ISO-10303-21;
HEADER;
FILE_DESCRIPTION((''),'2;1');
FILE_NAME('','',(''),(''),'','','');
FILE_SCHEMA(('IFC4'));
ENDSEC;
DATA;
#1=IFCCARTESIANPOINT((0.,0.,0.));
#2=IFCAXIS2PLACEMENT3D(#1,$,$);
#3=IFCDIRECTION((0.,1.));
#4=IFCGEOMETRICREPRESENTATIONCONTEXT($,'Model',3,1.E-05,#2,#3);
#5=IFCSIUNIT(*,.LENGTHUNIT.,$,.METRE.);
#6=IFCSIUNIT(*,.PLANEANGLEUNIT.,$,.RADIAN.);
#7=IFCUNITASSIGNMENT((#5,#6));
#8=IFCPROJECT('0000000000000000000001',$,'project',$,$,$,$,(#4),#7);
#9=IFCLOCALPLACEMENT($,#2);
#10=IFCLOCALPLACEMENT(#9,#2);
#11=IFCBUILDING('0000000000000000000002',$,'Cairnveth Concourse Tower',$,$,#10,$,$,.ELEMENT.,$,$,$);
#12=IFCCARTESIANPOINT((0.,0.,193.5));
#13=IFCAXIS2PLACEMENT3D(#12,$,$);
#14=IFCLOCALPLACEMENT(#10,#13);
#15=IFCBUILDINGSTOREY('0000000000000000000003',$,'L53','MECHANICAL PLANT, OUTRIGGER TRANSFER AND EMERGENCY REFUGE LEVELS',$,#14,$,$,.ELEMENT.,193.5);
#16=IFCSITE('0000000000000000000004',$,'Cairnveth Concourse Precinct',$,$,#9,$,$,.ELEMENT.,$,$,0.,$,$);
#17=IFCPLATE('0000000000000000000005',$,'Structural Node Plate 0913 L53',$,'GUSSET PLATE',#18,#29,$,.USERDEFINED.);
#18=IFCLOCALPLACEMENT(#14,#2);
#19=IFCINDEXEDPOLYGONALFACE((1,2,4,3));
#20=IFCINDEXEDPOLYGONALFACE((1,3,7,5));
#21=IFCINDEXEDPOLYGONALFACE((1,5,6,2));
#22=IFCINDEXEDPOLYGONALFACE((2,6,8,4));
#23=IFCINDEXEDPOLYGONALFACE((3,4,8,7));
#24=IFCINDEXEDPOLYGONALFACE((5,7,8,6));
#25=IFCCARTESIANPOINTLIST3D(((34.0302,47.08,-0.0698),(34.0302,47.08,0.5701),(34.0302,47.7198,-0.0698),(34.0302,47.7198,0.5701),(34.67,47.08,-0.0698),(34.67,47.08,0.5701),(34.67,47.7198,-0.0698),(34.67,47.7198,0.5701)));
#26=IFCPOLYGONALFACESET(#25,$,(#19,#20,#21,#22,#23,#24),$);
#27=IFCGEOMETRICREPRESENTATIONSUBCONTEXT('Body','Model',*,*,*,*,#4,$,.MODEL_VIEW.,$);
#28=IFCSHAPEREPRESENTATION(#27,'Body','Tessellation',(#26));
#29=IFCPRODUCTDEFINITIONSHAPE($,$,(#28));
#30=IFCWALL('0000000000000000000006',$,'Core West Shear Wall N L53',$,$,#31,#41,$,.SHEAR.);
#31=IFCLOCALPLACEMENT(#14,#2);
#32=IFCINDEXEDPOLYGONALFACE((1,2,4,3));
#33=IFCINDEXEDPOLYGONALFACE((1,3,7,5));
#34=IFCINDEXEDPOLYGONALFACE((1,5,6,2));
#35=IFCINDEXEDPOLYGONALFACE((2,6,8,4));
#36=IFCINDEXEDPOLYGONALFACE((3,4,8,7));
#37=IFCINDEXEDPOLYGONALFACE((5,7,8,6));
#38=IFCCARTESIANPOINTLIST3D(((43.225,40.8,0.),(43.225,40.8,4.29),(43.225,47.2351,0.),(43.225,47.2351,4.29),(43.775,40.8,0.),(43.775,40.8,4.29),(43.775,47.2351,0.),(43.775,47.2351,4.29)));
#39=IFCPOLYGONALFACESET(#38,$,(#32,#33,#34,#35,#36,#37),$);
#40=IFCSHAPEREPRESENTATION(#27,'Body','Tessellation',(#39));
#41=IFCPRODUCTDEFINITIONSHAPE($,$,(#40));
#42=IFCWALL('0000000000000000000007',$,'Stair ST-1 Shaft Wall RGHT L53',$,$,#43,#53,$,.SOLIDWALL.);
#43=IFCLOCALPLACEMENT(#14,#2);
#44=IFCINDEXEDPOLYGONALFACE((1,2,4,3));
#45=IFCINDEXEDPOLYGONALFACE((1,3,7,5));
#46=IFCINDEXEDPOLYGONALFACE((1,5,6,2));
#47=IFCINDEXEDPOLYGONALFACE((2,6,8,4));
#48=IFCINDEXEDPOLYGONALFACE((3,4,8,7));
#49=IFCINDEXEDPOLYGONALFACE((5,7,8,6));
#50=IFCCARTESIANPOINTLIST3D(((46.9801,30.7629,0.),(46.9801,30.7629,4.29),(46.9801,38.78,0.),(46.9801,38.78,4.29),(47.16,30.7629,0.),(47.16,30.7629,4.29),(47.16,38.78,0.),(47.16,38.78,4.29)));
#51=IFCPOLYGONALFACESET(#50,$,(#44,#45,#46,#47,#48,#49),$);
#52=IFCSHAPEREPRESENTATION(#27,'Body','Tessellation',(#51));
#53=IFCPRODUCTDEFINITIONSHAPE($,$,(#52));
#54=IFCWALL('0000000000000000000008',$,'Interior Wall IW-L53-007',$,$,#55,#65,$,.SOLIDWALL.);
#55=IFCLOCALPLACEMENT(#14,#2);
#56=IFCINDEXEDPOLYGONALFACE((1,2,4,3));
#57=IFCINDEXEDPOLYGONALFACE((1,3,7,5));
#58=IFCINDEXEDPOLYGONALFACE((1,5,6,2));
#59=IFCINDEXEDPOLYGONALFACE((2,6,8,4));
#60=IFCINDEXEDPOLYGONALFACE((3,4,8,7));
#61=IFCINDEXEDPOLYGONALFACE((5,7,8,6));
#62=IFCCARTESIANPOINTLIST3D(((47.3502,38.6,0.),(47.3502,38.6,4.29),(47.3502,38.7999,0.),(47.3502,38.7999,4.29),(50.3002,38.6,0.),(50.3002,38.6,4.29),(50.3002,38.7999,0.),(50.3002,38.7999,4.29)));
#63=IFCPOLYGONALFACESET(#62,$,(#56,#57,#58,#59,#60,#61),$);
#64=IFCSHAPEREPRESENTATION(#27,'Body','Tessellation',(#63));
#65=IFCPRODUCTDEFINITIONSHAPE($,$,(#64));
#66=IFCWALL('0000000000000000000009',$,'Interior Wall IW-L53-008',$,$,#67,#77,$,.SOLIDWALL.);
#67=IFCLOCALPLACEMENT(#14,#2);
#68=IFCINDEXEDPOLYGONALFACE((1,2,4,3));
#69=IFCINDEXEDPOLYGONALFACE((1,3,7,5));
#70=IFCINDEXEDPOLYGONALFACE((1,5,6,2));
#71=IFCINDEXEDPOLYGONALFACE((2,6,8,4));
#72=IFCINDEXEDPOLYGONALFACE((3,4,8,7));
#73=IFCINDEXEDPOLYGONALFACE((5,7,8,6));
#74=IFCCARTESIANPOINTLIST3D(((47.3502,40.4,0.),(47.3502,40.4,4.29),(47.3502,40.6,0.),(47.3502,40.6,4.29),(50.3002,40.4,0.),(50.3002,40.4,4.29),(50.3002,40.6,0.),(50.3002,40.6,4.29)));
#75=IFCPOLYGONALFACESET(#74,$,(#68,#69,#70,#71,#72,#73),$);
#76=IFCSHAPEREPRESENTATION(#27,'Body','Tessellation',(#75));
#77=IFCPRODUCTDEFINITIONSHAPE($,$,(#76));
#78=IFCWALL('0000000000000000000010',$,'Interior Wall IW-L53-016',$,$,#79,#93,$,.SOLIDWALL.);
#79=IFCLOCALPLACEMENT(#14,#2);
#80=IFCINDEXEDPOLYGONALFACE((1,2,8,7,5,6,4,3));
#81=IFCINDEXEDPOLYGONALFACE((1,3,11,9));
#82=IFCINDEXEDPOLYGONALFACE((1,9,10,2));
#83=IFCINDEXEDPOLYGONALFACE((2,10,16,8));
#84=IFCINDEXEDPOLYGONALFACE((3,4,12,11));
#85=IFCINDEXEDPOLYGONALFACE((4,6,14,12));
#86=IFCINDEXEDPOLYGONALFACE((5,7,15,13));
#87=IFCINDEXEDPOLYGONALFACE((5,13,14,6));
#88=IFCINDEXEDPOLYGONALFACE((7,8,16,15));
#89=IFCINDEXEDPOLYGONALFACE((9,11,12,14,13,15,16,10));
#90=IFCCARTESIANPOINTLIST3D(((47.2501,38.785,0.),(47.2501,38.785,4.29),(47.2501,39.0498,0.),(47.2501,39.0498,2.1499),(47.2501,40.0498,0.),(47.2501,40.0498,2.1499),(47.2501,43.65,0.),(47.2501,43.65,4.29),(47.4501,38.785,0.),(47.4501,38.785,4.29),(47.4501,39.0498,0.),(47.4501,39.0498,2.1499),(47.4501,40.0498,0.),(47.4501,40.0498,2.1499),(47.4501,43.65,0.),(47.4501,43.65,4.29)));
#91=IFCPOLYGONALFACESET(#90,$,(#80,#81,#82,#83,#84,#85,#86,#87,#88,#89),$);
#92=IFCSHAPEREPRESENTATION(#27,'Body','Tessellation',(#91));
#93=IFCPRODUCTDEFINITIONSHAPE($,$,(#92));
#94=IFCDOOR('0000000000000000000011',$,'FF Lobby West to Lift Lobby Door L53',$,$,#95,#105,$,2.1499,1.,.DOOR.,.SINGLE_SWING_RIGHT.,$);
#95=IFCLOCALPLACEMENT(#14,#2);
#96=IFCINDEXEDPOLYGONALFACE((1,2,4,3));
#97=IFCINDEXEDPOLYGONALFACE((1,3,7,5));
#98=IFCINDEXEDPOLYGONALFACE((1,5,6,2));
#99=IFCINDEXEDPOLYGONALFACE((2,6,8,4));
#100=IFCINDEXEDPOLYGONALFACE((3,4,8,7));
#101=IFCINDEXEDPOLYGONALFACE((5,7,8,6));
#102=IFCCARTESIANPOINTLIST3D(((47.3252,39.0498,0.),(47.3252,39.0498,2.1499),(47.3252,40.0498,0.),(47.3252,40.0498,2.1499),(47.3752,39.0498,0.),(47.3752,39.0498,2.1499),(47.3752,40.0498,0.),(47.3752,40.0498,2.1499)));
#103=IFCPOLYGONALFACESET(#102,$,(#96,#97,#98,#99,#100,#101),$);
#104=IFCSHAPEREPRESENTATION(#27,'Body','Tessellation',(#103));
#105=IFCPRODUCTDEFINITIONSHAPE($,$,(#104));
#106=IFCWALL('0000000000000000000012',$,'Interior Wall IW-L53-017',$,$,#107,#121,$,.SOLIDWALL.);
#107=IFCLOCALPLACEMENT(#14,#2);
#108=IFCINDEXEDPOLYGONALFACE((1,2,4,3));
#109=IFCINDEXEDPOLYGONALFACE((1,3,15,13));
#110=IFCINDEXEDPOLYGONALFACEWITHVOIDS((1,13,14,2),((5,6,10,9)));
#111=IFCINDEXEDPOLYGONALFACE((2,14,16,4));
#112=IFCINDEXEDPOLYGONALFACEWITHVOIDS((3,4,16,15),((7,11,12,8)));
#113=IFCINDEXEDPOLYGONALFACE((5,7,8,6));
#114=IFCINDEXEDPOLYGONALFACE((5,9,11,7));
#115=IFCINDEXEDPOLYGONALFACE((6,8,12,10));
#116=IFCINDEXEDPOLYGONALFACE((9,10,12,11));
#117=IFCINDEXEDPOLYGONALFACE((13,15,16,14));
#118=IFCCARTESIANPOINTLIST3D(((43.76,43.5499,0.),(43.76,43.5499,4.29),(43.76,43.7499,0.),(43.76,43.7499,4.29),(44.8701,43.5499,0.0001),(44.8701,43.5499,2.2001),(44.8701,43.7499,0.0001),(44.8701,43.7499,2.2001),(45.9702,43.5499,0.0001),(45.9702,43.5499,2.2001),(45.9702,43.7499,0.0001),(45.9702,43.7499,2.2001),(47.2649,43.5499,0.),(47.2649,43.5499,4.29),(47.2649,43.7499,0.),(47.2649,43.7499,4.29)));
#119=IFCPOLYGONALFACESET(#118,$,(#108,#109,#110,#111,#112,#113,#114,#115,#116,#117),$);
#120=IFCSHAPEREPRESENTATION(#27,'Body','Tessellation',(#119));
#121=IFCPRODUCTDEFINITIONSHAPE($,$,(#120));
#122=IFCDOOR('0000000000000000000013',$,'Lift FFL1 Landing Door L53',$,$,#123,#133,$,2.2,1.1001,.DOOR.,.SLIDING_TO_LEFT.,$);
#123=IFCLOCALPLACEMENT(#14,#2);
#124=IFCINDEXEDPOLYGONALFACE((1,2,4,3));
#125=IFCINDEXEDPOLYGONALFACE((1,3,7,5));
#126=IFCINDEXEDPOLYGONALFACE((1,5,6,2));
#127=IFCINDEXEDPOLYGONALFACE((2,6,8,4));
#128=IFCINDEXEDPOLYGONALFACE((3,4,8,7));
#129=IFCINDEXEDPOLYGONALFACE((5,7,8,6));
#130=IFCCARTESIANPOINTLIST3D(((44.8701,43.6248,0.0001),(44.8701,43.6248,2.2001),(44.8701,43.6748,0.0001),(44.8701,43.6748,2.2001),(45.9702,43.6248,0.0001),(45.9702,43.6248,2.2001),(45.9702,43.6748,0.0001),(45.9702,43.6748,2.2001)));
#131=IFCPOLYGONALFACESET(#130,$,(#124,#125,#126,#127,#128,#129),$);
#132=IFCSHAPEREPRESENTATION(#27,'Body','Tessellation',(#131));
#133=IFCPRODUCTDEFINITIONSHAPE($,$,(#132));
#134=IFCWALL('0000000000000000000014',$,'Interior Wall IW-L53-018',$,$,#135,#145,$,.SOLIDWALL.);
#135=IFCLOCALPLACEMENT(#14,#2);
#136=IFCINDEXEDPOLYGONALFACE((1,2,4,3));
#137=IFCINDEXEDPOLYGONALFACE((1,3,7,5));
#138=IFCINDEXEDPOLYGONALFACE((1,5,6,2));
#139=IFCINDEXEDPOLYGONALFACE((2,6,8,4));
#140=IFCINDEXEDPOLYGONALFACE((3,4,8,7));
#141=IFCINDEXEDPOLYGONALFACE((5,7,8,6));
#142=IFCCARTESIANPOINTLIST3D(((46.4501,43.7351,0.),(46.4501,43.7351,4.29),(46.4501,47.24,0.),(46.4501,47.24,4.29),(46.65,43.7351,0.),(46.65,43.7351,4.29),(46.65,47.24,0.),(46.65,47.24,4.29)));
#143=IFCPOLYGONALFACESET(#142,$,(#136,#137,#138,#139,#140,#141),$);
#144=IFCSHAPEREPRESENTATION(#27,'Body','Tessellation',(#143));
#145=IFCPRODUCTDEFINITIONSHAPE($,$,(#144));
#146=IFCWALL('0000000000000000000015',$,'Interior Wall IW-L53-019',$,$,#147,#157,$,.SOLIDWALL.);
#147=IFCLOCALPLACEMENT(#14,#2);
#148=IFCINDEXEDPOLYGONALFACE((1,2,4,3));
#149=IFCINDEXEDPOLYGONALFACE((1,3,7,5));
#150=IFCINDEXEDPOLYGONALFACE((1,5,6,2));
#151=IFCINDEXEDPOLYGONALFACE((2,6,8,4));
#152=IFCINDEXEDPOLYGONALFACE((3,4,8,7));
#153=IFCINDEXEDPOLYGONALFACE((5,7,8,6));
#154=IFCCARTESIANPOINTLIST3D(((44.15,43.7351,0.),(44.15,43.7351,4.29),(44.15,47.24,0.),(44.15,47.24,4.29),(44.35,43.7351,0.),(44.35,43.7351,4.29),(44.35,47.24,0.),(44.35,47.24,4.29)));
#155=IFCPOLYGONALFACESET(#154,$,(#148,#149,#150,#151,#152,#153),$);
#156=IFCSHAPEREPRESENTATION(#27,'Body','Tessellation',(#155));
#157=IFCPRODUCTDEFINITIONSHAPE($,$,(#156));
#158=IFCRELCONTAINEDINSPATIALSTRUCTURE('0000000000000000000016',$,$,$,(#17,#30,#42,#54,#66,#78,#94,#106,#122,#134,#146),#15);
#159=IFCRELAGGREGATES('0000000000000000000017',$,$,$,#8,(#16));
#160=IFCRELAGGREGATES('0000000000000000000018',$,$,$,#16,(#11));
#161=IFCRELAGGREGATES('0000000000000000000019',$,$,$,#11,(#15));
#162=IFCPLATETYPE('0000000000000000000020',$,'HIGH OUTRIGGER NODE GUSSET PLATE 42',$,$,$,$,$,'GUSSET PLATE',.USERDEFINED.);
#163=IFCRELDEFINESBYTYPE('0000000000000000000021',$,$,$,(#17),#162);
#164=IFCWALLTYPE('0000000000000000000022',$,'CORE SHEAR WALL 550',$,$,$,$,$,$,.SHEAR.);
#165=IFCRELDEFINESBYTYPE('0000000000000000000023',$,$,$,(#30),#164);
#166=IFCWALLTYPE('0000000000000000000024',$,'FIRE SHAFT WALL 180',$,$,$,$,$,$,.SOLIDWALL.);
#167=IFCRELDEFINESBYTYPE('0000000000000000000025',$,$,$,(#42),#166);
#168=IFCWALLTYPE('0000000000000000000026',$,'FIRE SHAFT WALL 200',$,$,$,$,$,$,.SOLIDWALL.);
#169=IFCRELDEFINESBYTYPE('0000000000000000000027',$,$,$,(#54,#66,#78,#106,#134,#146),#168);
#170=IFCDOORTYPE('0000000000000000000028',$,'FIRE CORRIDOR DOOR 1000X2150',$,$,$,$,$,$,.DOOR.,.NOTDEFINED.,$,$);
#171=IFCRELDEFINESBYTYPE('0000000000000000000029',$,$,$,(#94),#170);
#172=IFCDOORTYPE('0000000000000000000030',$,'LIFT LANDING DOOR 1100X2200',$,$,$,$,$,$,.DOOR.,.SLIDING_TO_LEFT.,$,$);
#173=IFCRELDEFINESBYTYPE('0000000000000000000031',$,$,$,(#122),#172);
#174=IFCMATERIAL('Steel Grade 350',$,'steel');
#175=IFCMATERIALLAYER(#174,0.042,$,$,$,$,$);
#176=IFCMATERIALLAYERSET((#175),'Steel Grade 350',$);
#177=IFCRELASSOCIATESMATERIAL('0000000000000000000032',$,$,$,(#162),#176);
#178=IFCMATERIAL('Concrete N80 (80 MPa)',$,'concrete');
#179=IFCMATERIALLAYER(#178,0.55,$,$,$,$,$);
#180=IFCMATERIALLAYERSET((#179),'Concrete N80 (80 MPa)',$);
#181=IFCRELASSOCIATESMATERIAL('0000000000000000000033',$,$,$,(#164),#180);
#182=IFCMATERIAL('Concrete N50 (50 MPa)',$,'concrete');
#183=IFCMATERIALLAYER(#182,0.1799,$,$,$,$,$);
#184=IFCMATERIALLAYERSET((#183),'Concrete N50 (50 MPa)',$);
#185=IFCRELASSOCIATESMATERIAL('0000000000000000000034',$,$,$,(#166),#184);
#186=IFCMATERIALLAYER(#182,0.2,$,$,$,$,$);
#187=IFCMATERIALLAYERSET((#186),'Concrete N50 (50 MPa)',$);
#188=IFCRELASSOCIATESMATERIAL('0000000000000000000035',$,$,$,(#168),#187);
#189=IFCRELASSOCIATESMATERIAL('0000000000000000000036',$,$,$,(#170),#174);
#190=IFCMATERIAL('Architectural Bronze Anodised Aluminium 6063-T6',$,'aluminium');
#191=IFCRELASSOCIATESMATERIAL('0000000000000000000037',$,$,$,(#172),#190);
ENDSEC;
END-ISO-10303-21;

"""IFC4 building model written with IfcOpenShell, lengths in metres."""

from ifc_helpers import new_model, si_unit, direction, frame, frame_2d, origin, origin_2d, place, context, subcontext, project, spatial, rectangle, extrude, material, layer, layer_set, type_object, element, fill, save


model = new_model("IFC4")

# Units and contexts
model_context = context("Model", 3, precision=1e-05, world=origin(), true_north=direction((0.0, 1.0)))
body_context = subcontext(model_context, "Body", "Model", "MODEL_VIEW")
ifc_project = project(units=[si_unit("LENGTHUNIT", "METRE"), si_unit("PLANEANGLEUNIT", "RADIAN")], contexts=[model_context])

# Site, building, storey
site_placement = place(None, origin())
site = spatial("IfcSite", under=ifc_project, at=site_placement, Name="Cairnveth Concourse Precinct", CompositionType="ELEMENT", RefElevation=0.0)
building_placement = place(site_placement, origin())
building = spatial("IfcBuilding", under=site, at=building_placement, Name="Cairnveth Concourse Tower", CompositionType="ELEMENT")
storey_placement = place(building_placement, frame((0.0, 0.0, 193.5)))
storey = spatial("IfcBuildingStorey", under=building, at=storey_placement, Name="L53", Description="MECHANICAL PLANT, OUTRIGGER TRANSFER AND EMERGENCY REFUGE LEVELS", CompositionType="ELEMENT", Elevation=193.5)

# Shared definitions
ifc_material_1 = material(Name="Steel Grade 350", Category="steel")

# Plate
ifc_layer_1 = layer(ifc_material_1, 0.042)
ifc_layer_set_1 = layer_set([ifc_layer_1], Name="Steel Grade 350")
plate_type = type_object("IfcPlateType", Name="HIGH OUTRIGGER NODE GUSSET PLATE 42", ElementType="GUSSET PLATE", PredefinedType="USERDEFINED", material=ifc_layer_set_1)
for number, where, z_axis, x_axis, name in (
    (1, (34.3501, 47.3999, -0.0698), (0.0, 0.0, 1.0), (1.0, 0.0, 0.0), "Structural Node Plate 0913 L53"),
):
    element("IfcPlate", number, at=place(storey_placement, frame(where, z_axis=z_axis, x_axis=x_axis)), inside=storey, type_object=plate_type, Name=name, ObjectType="GUSSET PLATE", PredefinedType="USERDEFINED", context=body_context, shape_type="SweptSolid", body=[
        extrude(rectangle(XDim=0.6399, YDim=0.6399, at=origin_2d()), origin(), (0.0, 0.0, 1.0), 0.6399),
    ])

# Wall
ifc_material_2 = material(Name="Concrete N80 (80 MPa)", Category="concrete")
ifc_layer_2 = layer(ifc_material_2, 0.55)
ifc_layer_set_2 = layer_set([ifc_layer_2], Name="Concrete N80 (80 MPa)")
wall_type_1 = type_object("IfcWallType", Name="CORE SHEAR WALL 550", PredefinedType="SHEAR", material=ifc_layer_set_2)
wall_1_placement = place(storey_placement, frame((43.5, 40.8, 0.0), z_axis=(0.0, 0.0, 1.0), x_axis=(0.0, 1.0, 0.0)))
element("IfcWall", 2, at=wall_1_placement, inside=storey, type_object=wall_type_1, Name="Core West Shear Wall N L53", PredefinedType="SHEAR", context=body_context, shape_type="SweptSolid", body=[
    extrude(rectangle(XDim=6.4351, YDim=0.55, at=frame_2d((3.2175, 0.0))), origin(), (0.0, 0.0, 1.0), 4.29),
])

# Shared definitions
ifc_material_3 = material(Name="Concrete N50 (50 MPa)", Category="concrete")
ifc_layer_3 = layer(ifc_material_3, 0.1799)
ifc_layer_set_3 = layer_set([ifc_layer_3], Name="Concrete N50 (50 MPa)")
wall_type_2 = type_object("IfcWallType", Name="FIRE SHAFT WALL 180", PredefinedType="SOLIDWALL", material=ifc_layer_set_3)

# Walls
wall_2_placement = place(storey_placement, frame((47.0701, 38.78, 0.0), z_axis=(0.0, 0.0, 1.0), x_axis=(0.0, -1.0, 0.0)))
element("IfcWall", 3, at=wall_2_placement, inside=storey, type_object=wall_type_2, Name="Stair ST-1 Shaft Wall RGHT L53", PredefinedType="SOLIDWALL", context=body_context, shape_type="SweptSolid", body=[
    extrude(rectangle(XDim=8.0171, YDim=0.1799, at=frame_2d((4.0085, 0.0))), origin(), (0.0, 0.0, 1.0), 4.29),
])
ifc_layer_4 = layer(ifc_material_3, 0.2)
ifc_layer_set_4 = layer_set([ifc_layer_4], Name="Concrete N50 (50 MPa)")
wall_type_3 = type_object("IfcWallType", Name="FIRE SHAFT WALL 200", PredefinedType="SOLIDWALL", material=ifc_layer_set_4)
for number, where, z_axis, x_axis, name in (
    (4, (47.3501, 38.7, 0.0), (0.0, 0.0, 1.0), (1.0, 0.0, 0.0), "Interior Wall IW-L53-007"),
    (5, (47.3501, 40.5, 0.0), (0.0, 0.0, 1.0), (1.0, 0.0, 0.0), "Interior Wall IW-L53-008"),
):
    element("IfcWall", number, at=place(storey_placement, frame(where, z_axis=z_axis, x_axis=x_axis)), inside=storey, type_object=wall_type_3, Name=name, PredefinedType="SOLIDWALL", context=body_context, shape_type="SweptSolid", body=[
        extrude(rectangle(XDim=2.95, YDim=0.2, at=frame_2d((1.4751, 0.0))), origin(), (0.0, 0.0, 1.0), 4.29),
    ])

# Walls, openings, doors
wall_3_placement = place(storey_placement, frame((47.3501, 38.7849, 0.0), z_axis=(0.0, 0.0, 1.0), x_axis=(0.0, 1.0, 0.0)))
wall_3 = element("IfcWall", 6, at=wall_3_placement, inside=storey, type_object=wall_type_3, Name="Interior Wall IW-L53-016", PredefinedType="SOLIDWALL", context=body_context, shape_type="SweptSolid", body=[
    extrude(rectangle(XDim=4.865, YDim=0.2, at=frame_2d((2.4326, 0.0))), origin(), (0.0, 0.0, 1.0), 4.29),
])
opening_1_placement = place(wall_3_placement, frame((0.2649, 0.0, 0.0)))
opening_1 = element("IfcOpeningElement", 7, at=opening_1_placement, cuts=wall_3, PredefinedType="OPENING", context=body_context, shape_type="SweptSolid", body=[
    extrude(rectangle(XDim=1.0, YDim=2.1499, at=frame_2d((0.5, 1.075))), frame((0.0, 0.1099, 0.0), z_axis=(0.0, -1.0, 0.0), x_axis=(1.0, 0.0, 0.0)), (0.0, 0.0, 1.0), 0.22),
])
door_type_1 = type_object("IfcDoorType", Name="FIRE CORRIDOR DOOR 1000X2150", OperationType="NOTDEFINED", PredefinedType="DOOR", material=ifc_material_1)
door_1_placement = place(opening_1_placement, origin())
door_1 = element("IfcDoor", 8, at=door_1_placement, inside=storey, type_object=door_type_1, Name="FF Lobby West to Lift Lobby Door L53", OperationType="SINGLE_SWING_RIGHT", OverallHeight=2.1499, OverallWidth=1.0, PredefinedType="DOOR", context=body_context, shape_type="SweptSolid", body=[
    extrude(rectangle(XDim=1.0, YDim=2.1499, at=frame_2d((0.5, 1.075))), frame((0.0, 0.0249, 0.0), z_axis=(0.0, -1.0, 0.0), x_axis=(1.0, 0.0, 0.0)), (0.0, 0.0, 1.0), 0.05),
])
fill(opening_1, door_1)
wall_4_placement = place(storey_placement, frame((43.76, 43.6499, 0.0), z_axis=(0.0, 0.0, 1.0), x_axis=(1.0, 0.0, 0.0)))
wall_4 = element("IfcWall", 9, at=wall_4_placement, inside=storey, type_object=wall_type_3, Name="Interior Wall IW-L53-017", PredefinedType="SOLIDWALL", context=body_context, shape_type="SweptSolid", body=[
    extrude(rectangle(XDim=3.5049, YDim=0.2, at=frame_2d((1.7524, 0.0))), origin(), (0.0, 0.0, 1.0), 4.29),
])
opening_2_placement = place(wall_4_placement, frame((1.1101, 0.0, 0.0)))
opening_2 = element("IfcOpeningElement", 10, at=opening_2_placement, cuts=wall_4, PredefinedType="OPENING", context=body_context, shape_type="SweptSolid", body=[
    extrude(rectangle(XDim=1.1001, YDim=2.2, at=frame_2d((0.55, 1.1001))), frame((0.0, 0.1099, 0.0), z_axis=(0.0, -1.0, 0.0), x_axis=(1.0, 0.0, 0.0)), (0.0, 0.0, 1.0), 0.22),
])
ifc_material_4 = material(Name="Architectural Bronze Anodised Aluminium 6063-T6", Category="aluminium")
door_type_2 = type_object("IfcDoorType", Name="LIFT LANDING DOOR 1100X2200", OperationType="SLIDING_TO_LEFT", PredefinedType="DOOR", material=ifc_material_4)
door_2_placement = place(opening_2_placement, origin())
door_2 = element("IfcDoor", 11, at=door_2_placement, inside=storey, type_object=door_type_2, Name="Lift FFL1 Landing Door L53", OperationType="SLIDING_TO_LEFT", OverallHeight=2.2, OverallWidth=1.1001, PredefinedType="DOOR", context=body_context, shape_type="SweptSolid", body=[
    extrude(rectangle(XDim=1.1001, YDim=2.2, at=frame_2d((0.55, 1.1001))), frame((0.0, 0.0249, 0.0), z_axis=(0.0, -1.0, 0.0), x_axis=(1.0, 0.0, 0.0)), (0.0, 0.0, 1.0), 0.05),
])
fill(opening_2, door_2)

# Walls
for number, where, z_axis, x_axis, name in (
    (12, (46.55, 43.7351, 0.0), (0.0, 0.0, 1.0), (0.0, 1.0, 0.0), "Interior Wall IW-L53-018"),
    (13, (44.25, 43.7351, 0.0), (0.0, 0.0, 1.0), (0.0, 1.0, 0.0), "Interior Wall IW-L53-019"),
):
    element("IfcWall", number, at=place(storey_placement, frame(where, z_axis=z_axis, x_axis=x_axis)), inside=storey, type_object=wall_type_3, Name=name, PredefinedType="SOLIDWALL", context=body_context, shape_type="SweptSolid", body=[
        extrude(rectangle(XDim=3.5049, YDim=0.2, at=frame_2d((1.7524, 0.0))), origin(), (0.0, 0.0, 1.0), 4.29),
    ])

save(model, "model.ifc")
